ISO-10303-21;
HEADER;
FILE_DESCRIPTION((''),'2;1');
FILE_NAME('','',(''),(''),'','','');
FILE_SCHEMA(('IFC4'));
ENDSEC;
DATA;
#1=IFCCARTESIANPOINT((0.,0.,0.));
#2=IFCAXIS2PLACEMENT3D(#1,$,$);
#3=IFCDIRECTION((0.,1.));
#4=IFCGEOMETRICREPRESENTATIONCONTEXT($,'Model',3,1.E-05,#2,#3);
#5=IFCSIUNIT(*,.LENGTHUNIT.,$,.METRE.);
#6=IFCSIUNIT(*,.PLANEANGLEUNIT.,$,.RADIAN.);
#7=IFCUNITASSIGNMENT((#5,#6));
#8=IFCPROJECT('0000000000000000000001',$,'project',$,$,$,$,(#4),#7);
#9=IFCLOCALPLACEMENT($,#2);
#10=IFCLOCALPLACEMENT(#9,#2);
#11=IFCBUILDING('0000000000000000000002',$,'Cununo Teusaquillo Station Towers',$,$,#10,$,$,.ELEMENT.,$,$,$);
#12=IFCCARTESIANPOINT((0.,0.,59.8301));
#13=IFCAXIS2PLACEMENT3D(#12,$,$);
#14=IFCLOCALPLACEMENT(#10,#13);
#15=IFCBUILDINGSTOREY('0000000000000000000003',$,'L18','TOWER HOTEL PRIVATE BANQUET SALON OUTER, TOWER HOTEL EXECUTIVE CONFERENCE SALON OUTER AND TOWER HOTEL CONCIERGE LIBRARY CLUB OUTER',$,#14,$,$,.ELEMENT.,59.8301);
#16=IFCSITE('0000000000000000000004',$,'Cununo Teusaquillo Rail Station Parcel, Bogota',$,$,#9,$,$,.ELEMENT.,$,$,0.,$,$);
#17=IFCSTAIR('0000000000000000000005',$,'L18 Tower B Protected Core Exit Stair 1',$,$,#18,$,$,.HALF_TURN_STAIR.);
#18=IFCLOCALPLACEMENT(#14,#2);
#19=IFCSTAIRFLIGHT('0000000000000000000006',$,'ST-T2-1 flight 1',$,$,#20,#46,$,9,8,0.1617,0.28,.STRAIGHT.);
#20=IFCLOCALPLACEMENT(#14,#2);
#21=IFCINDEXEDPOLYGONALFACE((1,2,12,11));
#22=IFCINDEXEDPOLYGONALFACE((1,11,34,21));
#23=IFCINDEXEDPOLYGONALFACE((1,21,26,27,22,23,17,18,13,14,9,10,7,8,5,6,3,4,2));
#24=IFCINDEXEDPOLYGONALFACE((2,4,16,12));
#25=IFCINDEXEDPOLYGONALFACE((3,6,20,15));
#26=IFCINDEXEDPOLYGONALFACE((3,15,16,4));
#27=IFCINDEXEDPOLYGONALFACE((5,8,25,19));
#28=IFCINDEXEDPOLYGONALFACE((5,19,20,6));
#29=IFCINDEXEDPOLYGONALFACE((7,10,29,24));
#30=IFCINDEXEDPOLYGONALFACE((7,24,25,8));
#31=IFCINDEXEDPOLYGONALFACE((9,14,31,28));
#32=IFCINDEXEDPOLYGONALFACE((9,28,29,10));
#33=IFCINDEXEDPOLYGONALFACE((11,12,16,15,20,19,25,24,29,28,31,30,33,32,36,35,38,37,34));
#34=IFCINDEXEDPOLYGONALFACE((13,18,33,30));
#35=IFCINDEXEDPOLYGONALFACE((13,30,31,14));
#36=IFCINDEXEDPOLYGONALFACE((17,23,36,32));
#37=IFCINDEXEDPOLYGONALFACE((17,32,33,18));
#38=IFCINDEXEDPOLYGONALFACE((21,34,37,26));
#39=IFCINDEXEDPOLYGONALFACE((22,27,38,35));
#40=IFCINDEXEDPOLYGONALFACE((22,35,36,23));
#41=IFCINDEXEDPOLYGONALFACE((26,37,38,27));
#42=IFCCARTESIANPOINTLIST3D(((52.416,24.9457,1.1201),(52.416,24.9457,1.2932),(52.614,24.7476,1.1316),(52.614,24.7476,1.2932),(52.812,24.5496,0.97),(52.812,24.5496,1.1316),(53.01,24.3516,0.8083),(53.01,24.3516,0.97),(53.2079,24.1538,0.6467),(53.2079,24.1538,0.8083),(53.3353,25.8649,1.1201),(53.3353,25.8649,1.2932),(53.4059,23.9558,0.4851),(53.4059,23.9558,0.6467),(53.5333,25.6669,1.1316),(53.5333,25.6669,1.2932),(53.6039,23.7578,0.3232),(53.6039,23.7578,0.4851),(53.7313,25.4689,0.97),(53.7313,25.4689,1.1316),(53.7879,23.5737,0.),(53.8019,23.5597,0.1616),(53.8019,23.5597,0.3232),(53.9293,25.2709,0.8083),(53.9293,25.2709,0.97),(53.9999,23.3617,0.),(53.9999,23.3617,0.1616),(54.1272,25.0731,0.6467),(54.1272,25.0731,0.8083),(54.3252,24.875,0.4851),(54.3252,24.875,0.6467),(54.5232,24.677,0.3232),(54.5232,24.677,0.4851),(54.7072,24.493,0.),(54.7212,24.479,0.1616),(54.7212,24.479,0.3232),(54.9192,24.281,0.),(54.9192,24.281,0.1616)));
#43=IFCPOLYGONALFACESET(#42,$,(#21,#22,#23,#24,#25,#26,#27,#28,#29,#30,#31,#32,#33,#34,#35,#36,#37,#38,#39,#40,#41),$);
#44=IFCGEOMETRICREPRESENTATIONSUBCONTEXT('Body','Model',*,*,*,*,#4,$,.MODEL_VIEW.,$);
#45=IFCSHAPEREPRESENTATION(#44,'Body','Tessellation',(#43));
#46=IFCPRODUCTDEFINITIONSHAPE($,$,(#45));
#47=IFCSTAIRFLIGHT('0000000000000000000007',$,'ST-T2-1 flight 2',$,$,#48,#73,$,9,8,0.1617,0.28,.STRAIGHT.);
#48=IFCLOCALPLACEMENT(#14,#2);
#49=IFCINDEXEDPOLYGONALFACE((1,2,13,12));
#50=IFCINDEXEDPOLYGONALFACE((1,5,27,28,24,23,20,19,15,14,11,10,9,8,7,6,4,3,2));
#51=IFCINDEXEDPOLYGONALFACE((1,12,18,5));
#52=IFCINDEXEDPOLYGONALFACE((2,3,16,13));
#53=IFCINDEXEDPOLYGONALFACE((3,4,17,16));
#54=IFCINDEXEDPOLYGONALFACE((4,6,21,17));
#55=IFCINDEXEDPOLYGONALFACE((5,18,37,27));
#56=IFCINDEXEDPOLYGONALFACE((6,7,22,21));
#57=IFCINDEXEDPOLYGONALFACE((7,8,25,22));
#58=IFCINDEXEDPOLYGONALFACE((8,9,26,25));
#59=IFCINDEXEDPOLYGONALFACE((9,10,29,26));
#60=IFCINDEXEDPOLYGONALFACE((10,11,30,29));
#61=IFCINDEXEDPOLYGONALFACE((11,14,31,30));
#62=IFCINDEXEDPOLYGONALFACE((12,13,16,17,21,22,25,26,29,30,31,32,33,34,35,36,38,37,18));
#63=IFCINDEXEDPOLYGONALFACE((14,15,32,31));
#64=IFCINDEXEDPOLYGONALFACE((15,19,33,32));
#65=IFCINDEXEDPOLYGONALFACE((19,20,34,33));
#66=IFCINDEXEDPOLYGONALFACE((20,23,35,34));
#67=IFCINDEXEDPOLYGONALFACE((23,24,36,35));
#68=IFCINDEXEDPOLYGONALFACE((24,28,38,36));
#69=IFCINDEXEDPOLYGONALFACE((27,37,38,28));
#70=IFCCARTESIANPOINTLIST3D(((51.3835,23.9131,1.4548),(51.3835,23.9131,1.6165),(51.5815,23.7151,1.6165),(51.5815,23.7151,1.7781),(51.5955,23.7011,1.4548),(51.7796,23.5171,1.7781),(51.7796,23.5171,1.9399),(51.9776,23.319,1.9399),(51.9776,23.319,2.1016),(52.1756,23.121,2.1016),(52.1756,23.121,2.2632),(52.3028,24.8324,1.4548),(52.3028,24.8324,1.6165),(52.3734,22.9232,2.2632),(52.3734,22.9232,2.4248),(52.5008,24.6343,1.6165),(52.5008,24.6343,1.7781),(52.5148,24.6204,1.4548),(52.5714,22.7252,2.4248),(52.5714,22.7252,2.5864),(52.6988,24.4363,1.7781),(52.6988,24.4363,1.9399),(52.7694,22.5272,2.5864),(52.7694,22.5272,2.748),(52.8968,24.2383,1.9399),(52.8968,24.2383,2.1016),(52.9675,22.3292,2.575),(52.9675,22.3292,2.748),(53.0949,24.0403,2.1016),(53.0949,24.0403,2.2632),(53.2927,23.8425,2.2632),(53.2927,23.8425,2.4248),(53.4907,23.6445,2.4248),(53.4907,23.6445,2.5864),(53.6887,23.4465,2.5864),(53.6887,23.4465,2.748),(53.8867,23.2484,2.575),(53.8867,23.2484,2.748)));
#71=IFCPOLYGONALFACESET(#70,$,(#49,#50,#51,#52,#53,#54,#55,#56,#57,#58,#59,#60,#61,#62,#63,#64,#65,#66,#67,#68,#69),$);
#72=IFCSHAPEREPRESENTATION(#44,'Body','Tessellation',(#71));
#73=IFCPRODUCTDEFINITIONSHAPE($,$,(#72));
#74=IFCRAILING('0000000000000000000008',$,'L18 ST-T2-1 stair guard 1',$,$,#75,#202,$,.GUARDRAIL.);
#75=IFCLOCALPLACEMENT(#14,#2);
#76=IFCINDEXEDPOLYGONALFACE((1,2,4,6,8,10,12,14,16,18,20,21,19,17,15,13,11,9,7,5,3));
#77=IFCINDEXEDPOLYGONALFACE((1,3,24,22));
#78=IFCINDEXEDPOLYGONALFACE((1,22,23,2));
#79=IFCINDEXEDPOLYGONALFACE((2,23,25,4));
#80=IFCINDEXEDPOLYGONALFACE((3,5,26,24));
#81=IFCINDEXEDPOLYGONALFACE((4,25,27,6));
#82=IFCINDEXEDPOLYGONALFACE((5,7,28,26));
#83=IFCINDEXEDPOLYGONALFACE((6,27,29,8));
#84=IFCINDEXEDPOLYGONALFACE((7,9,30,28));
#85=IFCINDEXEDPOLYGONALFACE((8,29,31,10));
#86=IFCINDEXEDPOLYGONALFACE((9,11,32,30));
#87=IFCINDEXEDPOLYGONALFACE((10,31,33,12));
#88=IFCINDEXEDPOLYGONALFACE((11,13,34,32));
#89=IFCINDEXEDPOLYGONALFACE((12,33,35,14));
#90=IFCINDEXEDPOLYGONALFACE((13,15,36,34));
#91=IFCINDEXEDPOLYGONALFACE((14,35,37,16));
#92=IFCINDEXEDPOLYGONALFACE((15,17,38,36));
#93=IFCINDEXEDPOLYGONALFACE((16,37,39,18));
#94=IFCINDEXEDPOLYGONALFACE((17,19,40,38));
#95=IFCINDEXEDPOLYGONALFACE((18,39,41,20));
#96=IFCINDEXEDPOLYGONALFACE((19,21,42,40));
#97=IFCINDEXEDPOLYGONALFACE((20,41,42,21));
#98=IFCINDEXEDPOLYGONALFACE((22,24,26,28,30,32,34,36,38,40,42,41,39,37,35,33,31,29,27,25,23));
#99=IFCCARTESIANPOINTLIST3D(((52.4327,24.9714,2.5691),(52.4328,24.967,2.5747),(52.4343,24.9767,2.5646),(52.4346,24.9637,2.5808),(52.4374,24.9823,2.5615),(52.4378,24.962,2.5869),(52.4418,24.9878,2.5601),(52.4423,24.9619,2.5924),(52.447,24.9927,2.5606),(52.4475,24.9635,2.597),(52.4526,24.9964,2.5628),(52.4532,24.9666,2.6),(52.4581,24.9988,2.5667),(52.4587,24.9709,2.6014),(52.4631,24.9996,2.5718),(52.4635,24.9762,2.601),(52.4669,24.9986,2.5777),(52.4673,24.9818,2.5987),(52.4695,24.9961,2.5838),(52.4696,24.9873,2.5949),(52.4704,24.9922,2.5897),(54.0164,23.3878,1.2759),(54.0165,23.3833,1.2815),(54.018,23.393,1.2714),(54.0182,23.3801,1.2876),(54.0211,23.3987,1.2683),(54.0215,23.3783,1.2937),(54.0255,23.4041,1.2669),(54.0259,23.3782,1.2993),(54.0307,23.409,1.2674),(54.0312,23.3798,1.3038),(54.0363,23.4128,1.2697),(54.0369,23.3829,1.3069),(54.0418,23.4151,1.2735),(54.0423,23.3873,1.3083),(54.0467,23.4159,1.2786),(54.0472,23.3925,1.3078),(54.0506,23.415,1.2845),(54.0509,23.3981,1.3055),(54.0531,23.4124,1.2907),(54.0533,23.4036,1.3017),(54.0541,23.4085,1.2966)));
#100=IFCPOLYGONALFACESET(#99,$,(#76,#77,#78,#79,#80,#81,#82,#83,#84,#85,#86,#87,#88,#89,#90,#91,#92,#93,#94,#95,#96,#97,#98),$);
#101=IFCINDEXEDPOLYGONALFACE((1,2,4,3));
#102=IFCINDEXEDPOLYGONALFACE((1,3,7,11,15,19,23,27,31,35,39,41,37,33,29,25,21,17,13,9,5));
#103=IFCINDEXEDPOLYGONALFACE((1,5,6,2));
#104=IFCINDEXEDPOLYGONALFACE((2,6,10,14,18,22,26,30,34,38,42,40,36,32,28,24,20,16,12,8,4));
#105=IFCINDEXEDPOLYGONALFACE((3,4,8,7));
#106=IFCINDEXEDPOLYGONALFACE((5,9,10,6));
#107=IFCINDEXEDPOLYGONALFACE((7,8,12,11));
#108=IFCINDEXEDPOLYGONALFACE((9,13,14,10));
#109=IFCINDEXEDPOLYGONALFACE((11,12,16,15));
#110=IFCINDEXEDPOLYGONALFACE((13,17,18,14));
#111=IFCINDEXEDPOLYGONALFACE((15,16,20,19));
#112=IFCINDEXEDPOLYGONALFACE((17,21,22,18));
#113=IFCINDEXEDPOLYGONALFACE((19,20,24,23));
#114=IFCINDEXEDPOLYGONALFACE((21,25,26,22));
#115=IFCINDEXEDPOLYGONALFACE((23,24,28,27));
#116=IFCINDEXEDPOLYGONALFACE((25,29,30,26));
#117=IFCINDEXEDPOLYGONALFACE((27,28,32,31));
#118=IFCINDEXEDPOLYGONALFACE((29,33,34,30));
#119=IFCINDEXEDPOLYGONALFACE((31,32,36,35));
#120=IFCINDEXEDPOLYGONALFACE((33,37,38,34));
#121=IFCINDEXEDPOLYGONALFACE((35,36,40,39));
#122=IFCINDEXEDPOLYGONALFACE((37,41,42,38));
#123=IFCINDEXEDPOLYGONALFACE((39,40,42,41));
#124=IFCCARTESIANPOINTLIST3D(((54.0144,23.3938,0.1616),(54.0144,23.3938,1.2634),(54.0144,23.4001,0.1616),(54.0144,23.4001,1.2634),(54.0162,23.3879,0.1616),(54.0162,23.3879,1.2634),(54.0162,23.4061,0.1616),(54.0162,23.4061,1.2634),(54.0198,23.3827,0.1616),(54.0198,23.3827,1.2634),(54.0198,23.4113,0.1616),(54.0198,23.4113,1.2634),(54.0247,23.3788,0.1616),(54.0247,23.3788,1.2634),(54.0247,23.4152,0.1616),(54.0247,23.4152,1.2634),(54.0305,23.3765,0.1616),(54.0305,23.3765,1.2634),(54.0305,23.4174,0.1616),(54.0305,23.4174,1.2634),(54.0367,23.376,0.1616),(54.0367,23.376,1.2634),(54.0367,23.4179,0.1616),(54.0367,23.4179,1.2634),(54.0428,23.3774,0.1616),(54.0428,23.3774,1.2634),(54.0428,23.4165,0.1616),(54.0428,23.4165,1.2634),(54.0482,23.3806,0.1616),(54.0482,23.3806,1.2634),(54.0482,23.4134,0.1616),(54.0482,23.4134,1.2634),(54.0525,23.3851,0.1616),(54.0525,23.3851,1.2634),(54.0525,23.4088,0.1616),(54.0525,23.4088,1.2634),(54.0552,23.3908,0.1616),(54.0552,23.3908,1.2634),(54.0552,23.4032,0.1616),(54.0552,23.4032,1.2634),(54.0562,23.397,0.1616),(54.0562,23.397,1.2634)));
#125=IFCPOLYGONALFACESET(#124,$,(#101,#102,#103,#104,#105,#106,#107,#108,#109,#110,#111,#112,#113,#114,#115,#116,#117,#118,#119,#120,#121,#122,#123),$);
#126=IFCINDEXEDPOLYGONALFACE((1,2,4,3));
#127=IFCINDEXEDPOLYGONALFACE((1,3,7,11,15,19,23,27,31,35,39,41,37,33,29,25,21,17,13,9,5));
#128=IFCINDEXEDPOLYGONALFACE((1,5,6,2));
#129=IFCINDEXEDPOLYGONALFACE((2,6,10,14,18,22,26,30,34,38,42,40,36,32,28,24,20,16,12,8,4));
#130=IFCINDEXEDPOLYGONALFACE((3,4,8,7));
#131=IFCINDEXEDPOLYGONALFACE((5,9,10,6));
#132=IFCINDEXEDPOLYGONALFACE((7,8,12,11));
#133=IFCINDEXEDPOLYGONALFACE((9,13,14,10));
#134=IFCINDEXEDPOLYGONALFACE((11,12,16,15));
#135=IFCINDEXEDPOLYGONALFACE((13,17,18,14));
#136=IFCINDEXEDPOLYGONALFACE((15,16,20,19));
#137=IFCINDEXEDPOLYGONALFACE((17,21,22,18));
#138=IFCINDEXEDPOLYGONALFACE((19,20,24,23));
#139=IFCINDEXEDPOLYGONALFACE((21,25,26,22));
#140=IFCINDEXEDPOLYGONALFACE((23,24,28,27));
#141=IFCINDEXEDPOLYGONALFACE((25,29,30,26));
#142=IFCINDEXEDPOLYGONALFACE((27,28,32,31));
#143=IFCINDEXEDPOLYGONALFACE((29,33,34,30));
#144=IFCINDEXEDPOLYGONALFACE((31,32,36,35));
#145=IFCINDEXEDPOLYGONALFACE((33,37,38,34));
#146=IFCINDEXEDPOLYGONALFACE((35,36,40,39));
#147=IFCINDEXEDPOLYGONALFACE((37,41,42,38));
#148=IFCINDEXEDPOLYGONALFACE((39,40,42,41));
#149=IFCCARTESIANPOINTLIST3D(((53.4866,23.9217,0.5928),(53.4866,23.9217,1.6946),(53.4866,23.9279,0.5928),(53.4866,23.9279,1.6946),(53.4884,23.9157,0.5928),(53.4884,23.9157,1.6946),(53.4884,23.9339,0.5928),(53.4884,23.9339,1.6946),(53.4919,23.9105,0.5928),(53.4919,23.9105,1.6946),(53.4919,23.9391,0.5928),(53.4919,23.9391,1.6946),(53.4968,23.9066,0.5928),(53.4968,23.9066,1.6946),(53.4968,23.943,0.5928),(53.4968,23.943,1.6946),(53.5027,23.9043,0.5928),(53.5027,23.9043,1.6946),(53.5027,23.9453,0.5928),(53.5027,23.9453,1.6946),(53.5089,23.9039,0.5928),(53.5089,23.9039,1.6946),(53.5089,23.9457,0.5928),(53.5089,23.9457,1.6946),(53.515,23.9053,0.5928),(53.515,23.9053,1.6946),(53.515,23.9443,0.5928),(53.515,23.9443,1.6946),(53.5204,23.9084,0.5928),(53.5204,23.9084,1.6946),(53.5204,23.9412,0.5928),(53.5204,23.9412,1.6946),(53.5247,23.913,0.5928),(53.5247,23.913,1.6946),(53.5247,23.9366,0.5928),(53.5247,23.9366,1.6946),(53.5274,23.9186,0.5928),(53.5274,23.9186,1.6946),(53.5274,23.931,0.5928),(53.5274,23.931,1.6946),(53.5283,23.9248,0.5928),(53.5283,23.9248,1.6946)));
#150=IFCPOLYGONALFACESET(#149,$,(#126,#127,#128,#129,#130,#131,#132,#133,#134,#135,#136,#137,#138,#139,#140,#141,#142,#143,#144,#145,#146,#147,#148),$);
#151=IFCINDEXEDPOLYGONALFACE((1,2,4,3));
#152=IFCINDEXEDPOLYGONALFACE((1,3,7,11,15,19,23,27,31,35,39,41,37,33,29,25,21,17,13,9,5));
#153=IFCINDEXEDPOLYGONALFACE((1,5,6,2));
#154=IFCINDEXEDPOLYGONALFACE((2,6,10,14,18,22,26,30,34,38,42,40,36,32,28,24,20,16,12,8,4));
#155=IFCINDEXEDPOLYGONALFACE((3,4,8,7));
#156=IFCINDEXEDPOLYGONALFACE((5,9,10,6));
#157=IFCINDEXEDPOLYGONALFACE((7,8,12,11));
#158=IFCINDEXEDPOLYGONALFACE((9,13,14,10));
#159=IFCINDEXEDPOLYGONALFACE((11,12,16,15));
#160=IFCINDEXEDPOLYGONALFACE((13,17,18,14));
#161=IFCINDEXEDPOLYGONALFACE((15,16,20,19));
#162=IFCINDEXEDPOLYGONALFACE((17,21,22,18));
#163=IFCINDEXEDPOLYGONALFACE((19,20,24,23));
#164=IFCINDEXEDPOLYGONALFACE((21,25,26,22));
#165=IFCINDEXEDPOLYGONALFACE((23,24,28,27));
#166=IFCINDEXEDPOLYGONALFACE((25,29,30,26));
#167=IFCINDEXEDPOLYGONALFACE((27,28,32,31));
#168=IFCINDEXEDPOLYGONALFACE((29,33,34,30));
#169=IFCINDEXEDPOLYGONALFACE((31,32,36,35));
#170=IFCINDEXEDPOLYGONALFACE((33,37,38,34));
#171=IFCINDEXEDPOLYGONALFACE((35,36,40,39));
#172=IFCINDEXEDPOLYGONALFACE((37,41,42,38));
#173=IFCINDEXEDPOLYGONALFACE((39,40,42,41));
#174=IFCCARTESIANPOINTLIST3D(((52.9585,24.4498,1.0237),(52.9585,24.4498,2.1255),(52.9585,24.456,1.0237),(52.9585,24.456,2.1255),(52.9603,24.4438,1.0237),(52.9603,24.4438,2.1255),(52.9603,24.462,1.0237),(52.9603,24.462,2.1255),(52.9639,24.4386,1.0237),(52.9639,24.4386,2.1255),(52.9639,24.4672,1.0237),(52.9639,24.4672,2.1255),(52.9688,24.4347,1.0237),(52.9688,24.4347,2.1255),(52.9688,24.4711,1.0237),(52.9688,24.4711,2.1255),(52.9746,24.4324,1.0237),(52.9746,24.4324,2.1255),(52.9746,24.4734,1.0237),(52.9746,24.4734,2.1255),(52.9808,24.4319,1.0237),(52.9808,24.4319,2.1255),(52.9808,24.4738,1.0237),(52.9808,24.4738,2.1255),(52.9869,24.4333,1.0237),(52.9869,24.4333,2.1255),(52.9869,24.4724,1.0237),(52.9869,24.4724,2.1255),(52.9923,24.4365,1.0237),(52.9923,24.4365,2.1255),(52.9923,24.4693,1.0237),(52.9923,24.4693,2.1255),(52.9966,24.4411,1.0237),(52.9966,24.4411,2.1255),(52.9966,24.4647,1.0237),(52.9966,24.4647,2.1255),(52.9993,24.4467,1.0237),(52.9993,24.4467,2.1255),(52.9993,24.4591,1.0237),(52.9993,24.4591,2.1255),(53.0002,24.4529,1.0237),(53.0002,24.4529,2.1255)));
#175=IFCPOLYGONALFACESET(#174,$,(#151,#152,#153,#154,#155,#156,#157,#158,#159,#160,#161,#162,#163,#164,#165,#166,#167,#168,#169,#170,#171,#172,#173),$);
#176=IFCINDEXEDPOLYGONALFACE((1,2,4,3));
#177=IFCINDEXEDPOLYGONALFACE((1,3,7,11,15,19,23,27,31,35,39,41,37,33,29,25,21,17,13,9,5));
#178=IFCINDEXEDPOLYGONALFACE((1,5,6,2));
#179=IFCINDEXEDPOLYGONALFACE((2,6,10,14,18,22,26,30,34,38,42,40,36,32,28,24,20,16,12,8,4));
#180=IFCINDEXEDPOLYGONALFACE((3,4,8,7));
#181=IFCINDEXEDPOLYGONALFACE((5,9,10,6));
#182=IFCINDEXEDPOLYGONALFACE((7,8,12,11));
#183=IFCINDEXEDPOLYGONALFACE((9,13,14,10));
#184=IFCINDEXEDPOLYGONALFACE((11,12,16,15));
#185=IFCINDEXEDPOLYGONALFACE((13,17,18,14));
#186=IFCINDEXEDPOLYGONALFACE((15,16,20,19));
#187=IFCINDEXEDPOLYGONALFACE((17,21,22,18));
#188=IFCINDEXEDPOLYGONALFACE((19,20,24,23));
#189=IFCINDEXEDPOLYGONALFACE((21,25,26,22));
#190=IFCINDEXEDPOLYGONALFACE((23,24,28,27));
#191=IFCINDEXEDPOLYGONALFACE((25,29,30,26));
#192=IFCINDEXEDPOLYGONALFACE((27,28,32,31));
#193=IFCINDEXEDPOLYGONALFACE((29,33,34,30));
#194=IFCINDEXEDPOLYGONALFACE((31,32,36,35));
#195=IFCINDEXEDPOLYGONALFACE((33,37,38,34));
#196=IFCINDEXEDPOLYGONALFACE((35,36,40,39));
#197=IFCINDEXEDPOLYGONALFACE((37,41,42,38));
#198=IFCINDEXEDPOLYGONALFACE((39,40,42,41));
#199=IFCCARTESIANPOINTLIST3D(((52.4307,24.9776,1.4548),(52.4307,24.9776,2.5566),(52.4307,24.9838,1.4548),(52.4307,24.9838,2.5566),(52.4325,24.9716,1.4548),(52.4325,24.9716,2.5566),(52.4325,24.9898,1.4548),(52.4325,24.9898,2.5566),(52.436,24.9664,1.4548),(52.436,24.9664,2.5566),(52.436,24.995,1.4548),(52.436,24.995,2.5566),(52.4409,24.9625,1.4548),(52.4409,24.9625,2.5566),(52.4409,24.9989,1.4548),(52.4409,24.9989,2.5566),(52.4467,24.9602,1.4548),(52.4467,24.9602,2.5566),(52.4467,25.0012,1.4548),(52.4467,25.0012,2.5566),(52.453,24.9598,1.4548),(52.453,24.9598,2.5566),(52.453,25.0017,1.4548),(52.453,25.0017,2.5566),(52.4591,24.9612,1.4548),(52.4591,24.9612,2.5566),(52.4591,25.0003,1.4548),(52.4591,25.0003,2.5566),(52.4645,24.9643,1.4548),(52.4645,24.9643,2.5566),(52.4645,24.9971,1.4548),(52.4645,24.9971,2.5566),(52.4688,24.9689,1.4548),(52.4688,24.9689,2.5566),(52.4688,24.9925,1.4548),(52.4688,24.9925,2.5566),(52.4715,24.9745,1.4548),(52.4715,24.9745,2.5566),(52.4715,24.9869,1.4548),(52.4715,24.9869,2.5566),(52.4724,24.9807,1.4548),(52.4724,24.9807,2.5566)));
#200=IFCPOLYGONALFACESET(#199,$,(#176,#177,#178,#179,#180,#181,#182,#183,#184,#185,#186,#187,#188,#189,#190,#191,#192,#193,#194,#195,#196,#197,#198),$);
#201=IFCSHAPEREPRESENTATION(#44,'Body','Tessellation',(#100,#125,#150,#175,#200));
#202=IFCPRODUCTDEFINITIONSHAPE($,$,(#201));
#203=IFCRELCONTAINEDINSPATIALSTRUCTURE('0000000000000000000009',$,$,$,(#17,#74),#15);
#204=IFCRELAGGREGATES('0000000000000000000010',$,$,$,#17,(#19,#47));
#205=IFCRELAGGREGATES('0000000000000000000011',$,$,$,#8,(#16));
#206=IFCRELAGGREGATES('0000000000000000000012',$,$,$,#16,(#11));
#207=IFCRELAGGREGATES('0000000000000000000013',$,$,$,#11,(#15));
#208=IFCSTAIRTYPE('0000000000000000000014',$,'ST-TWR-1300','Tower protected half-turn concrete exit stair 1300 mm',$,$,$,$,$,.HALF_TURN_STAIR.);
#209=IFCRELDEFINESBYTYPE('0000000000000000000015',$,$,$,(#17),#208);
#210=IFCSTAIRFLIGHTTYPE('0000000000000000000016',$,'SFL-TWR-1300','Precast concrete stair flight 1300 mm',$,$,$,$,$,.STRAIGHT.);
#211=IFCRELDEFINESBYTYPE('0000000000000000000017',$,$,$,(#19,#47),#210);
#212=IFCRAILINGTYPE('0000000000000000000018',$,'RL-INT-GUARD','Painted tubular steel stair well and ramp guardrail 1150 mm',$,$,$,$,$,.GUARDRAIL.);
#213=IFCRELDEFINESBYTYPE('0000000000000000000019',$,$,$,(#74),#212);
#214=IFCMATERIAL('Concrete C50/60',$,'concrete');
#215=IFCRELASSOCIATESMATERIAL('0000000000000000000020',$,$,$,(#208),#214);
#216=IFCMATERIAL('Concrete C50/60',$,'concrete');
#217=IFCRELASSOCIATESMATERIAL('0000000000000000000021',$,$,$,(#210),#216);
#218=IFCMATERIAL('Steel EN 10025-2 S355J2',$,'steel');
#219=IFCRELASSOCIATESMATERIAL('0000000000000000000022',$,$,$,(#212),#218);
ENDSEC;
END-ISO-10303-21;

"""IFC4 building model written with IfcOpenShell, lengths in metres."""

from ifc_helpers import new_model, si_unit, direction, frame, origin, origin_2d, place, context, subcontext, project, spatial, polyline, circle, outline, extrude, material, type_object, element, aggregate, save


model = new_model("IFC4")

# Units and contexts
model_context = context("Model", 3, precision=1e-05, world=origin(), true_north=direction((0.0, 1.0)))
body_context = subcontext(model_context, "Body", "Model", "MODEL_VIEW")
ifc_project = project(units=[si_unit("LENGTHUNIT", "METRE"), si_unit("PLANEANGLEUNIT", "RADIAN")], contexts=[model_context])

# Site, building, storey
site_placement = place(None, origin())
site = spatial("IfcSite", under=ifc_project, at=site_placement, Name="Cununo Teusaquillo Rail Station Parcel, Bogota", CompositionType="ELEMENT", RefElevation=0.0)
building_placement = place(site_placement, origin())
building = spatial("IfcBuilding", under=site, at=building_placement, Name="Cununo Teusaquillo Station Towers", CompositionType="ELEMENT")
storey_placement = place(building_placement, frame((0.0, 0.0, 59.8301)))
storey = spatial("IfcBuildingStorey", under=building, at=storey_placement, Name="L18", Description="TOWER HOTEL PRIVATE BANQUET SALON OUTER, TOWER HOTEL EXECUTIVE CONFERENCE SALON OUTER AND TOWER HOTEL CONCIERGE LIBRARY CLUB OUTER", CompositionType="ELEMENT", Elevation=59.8301)

# Stair, stair flights
ifc_material_1 = material(Name="Concrete C50/60", Category="concrete")
stair_type = type_object("IfcStairType", Name="ST-TWR-1300", Description="Tower protected half-turn concrete exit stair 1300 mm", PredefinedType="HALF_TURN_STAIR", material=ifc_material_1)
stair_placement = place(storey_placement, origin())
stair = element("IfcStair", 1, at=stair_placement, inside=storey, type_object=stair_type, Name="L18 Tower B Protected Core Exit Stair 1", PredefinedType="HALF_TURN_STAIR")
ifc_material_2 = material(Name="Concrete C50/60", Category="concrete")
stair_flight_type = type_object("IfcStairFlightType", Name="SFL-TWR-1300", Description="Precast concrete stair flight 1300 mm", PredefinedType="STRAIGHT", material=ifc_material_2)
stair_flight_1_placement = place(storey_placement, frame((54.4595, 23.8213, 0.0), z_axis=(0.0, 0.0, 1.0), x_axis=(-0.707107, 0.707107, 0.0)))
stair_flight_1 = element("IfcStairFlight", 2, at=stair_flight_1_placement, type_object=stair_flight_type, Name="ST-T2-1 flight 1", NumberOfRisers=9, NumberOfTreads=8, PredefinedType="STRAIGHT", RiserHeight=0.1617, TreadLength=0.28, context=body_context, shape_type="SweptSolid", body=[
    extrude(outline(polyline([(0.0, 0.0), (0.0, 0.1616), (0.28, 0.1616), (0.28, 0.3232), (0.5601, 0.3232), (0.5601, 0.4851), (0.8401, 0.4851), (0.8401, 0.6467), (1.1201, 0.6467), (1.1201, 0.8083), (1.3999, 0.8083), (1.3999, 0.97), (1.6799, 0.97), (1.6799, 1.1316), (1.96, 1.1316), (1.96, 1.2932), (2.24, 1.2932), (2.24, 1.4551), (2.24, 1.1201), (0.2998, 0.0), (0.0, 0.0)])), frame((0.0, 0.6499, 0.0), z_axis=(0.0, -1.0, 0.0), x_axis=(1.0, 0.0, 0.0)), (0.0, 0.0, 1.0), 1.3),
])
stair_flight_2_placement = place(storey_placement, frame((51.8433, 24.3728, 1.4548), z_axis=(0.0, 0.0, 1.0), x_axis=(0.707107, -0.707107, 0.0)))
stair_flight_2 = element("IfcStairFlight", 3, at=stair_flight_2_placement, type_object=stair_flight_type, Name="ST-T2-1 flight 2", NumberOfRisers=9, NumberOfTreads=8, PredefinedType="STRAIGHT", RiserHeight=0.1617, TreadLength=0.28, context=body_context, shape_type="SweptSolid", body=[
    extrude(outline(polyline([(0.0, 0.0), (0.0, 0.1616), (0.28, 0.1616), (0.28, 0.3232), (0.5601, 0.3232), (0.5601, 0.4851), (0.8401, 0.4851), (0.8401, 0.6467), (1.1201, 0.6467), (1.1201, 0.8083), (1.3999, 0.8083), (1.3999, 0.97), (1.6799, 0.97), (1.6799, 1.1316), (1.96, 1.1316), (1.96, 1.2932), (2.24, 1.2932), (2.24, 1.4551), (2.24, 1.1201), (0.2998, 0.0), (0.0, 0.0)])), frame((0.0, 0.6499, 0.0), z_axis=(0.0, -1.0, 0.0), x_axis=(1.0, 0.0, 0.0)), (0.0, 0.0, 1.0), 1.3),
])
aggregate(stair, [stair_flight_1, stair_flight_2])

# Railing
ifc_material_3 = material(Name="Steel EN 10025-2 S355J2", Category="steel")
railing_type_1 = type_object("IfcRailingType", Name="RL-INT-GUARD", Description="Painted tubular steel stair well and ramp guardrail 1150 mm", PredefinedType="GUARDRAIL", material=ifc_material_3)
railing_1_placement = place(storey_placement, frame((54.0352, 23.397, 0.1616)))
element("IfcRailing", 4, at=railing_1_placement, inside=storey, type_object=railing_type_1, Name="L18 ST-T2-1 stair guard 1", PredefinedType="GUARDRAIL", context=body_context, shape_type="SweptSolid", body=[
    extrude(circle(Radius=0.0239, at=origin_2d()), frame((0.0, 0.0, 1.126), z_axis=(-0.612361, 0.612361, 0.500027), x_axis=(-0.707107, -0.707107, 0.0)), (0.0, 0.0, 1.0), 2.5862),
    extrude(circle(Radius=0.021, at=origin_2d()), origin(), (0.0, 0.0, 1.0), 1.1018),
    extrude(circle(Radius=0.021, at=origin_2d()), frame((-0.5278, 0.5278, 0.4312)), (0.0, 0.0, 1.0), 1.1018),
    extrude(circle(Radius=0.021, at=origin_2d()), frame((-1.0559, 1.0559, 0.8621)), (0.0, 0.0, 1.0), 1.1018),
    extrude(circle(Radius=0.021, at=origin_2d()), frame((-1.5837, 1.5837, 1.2932)), (0.0, 0.0, 1.0), 1.1018),
])

save(model, "model.ifc")
